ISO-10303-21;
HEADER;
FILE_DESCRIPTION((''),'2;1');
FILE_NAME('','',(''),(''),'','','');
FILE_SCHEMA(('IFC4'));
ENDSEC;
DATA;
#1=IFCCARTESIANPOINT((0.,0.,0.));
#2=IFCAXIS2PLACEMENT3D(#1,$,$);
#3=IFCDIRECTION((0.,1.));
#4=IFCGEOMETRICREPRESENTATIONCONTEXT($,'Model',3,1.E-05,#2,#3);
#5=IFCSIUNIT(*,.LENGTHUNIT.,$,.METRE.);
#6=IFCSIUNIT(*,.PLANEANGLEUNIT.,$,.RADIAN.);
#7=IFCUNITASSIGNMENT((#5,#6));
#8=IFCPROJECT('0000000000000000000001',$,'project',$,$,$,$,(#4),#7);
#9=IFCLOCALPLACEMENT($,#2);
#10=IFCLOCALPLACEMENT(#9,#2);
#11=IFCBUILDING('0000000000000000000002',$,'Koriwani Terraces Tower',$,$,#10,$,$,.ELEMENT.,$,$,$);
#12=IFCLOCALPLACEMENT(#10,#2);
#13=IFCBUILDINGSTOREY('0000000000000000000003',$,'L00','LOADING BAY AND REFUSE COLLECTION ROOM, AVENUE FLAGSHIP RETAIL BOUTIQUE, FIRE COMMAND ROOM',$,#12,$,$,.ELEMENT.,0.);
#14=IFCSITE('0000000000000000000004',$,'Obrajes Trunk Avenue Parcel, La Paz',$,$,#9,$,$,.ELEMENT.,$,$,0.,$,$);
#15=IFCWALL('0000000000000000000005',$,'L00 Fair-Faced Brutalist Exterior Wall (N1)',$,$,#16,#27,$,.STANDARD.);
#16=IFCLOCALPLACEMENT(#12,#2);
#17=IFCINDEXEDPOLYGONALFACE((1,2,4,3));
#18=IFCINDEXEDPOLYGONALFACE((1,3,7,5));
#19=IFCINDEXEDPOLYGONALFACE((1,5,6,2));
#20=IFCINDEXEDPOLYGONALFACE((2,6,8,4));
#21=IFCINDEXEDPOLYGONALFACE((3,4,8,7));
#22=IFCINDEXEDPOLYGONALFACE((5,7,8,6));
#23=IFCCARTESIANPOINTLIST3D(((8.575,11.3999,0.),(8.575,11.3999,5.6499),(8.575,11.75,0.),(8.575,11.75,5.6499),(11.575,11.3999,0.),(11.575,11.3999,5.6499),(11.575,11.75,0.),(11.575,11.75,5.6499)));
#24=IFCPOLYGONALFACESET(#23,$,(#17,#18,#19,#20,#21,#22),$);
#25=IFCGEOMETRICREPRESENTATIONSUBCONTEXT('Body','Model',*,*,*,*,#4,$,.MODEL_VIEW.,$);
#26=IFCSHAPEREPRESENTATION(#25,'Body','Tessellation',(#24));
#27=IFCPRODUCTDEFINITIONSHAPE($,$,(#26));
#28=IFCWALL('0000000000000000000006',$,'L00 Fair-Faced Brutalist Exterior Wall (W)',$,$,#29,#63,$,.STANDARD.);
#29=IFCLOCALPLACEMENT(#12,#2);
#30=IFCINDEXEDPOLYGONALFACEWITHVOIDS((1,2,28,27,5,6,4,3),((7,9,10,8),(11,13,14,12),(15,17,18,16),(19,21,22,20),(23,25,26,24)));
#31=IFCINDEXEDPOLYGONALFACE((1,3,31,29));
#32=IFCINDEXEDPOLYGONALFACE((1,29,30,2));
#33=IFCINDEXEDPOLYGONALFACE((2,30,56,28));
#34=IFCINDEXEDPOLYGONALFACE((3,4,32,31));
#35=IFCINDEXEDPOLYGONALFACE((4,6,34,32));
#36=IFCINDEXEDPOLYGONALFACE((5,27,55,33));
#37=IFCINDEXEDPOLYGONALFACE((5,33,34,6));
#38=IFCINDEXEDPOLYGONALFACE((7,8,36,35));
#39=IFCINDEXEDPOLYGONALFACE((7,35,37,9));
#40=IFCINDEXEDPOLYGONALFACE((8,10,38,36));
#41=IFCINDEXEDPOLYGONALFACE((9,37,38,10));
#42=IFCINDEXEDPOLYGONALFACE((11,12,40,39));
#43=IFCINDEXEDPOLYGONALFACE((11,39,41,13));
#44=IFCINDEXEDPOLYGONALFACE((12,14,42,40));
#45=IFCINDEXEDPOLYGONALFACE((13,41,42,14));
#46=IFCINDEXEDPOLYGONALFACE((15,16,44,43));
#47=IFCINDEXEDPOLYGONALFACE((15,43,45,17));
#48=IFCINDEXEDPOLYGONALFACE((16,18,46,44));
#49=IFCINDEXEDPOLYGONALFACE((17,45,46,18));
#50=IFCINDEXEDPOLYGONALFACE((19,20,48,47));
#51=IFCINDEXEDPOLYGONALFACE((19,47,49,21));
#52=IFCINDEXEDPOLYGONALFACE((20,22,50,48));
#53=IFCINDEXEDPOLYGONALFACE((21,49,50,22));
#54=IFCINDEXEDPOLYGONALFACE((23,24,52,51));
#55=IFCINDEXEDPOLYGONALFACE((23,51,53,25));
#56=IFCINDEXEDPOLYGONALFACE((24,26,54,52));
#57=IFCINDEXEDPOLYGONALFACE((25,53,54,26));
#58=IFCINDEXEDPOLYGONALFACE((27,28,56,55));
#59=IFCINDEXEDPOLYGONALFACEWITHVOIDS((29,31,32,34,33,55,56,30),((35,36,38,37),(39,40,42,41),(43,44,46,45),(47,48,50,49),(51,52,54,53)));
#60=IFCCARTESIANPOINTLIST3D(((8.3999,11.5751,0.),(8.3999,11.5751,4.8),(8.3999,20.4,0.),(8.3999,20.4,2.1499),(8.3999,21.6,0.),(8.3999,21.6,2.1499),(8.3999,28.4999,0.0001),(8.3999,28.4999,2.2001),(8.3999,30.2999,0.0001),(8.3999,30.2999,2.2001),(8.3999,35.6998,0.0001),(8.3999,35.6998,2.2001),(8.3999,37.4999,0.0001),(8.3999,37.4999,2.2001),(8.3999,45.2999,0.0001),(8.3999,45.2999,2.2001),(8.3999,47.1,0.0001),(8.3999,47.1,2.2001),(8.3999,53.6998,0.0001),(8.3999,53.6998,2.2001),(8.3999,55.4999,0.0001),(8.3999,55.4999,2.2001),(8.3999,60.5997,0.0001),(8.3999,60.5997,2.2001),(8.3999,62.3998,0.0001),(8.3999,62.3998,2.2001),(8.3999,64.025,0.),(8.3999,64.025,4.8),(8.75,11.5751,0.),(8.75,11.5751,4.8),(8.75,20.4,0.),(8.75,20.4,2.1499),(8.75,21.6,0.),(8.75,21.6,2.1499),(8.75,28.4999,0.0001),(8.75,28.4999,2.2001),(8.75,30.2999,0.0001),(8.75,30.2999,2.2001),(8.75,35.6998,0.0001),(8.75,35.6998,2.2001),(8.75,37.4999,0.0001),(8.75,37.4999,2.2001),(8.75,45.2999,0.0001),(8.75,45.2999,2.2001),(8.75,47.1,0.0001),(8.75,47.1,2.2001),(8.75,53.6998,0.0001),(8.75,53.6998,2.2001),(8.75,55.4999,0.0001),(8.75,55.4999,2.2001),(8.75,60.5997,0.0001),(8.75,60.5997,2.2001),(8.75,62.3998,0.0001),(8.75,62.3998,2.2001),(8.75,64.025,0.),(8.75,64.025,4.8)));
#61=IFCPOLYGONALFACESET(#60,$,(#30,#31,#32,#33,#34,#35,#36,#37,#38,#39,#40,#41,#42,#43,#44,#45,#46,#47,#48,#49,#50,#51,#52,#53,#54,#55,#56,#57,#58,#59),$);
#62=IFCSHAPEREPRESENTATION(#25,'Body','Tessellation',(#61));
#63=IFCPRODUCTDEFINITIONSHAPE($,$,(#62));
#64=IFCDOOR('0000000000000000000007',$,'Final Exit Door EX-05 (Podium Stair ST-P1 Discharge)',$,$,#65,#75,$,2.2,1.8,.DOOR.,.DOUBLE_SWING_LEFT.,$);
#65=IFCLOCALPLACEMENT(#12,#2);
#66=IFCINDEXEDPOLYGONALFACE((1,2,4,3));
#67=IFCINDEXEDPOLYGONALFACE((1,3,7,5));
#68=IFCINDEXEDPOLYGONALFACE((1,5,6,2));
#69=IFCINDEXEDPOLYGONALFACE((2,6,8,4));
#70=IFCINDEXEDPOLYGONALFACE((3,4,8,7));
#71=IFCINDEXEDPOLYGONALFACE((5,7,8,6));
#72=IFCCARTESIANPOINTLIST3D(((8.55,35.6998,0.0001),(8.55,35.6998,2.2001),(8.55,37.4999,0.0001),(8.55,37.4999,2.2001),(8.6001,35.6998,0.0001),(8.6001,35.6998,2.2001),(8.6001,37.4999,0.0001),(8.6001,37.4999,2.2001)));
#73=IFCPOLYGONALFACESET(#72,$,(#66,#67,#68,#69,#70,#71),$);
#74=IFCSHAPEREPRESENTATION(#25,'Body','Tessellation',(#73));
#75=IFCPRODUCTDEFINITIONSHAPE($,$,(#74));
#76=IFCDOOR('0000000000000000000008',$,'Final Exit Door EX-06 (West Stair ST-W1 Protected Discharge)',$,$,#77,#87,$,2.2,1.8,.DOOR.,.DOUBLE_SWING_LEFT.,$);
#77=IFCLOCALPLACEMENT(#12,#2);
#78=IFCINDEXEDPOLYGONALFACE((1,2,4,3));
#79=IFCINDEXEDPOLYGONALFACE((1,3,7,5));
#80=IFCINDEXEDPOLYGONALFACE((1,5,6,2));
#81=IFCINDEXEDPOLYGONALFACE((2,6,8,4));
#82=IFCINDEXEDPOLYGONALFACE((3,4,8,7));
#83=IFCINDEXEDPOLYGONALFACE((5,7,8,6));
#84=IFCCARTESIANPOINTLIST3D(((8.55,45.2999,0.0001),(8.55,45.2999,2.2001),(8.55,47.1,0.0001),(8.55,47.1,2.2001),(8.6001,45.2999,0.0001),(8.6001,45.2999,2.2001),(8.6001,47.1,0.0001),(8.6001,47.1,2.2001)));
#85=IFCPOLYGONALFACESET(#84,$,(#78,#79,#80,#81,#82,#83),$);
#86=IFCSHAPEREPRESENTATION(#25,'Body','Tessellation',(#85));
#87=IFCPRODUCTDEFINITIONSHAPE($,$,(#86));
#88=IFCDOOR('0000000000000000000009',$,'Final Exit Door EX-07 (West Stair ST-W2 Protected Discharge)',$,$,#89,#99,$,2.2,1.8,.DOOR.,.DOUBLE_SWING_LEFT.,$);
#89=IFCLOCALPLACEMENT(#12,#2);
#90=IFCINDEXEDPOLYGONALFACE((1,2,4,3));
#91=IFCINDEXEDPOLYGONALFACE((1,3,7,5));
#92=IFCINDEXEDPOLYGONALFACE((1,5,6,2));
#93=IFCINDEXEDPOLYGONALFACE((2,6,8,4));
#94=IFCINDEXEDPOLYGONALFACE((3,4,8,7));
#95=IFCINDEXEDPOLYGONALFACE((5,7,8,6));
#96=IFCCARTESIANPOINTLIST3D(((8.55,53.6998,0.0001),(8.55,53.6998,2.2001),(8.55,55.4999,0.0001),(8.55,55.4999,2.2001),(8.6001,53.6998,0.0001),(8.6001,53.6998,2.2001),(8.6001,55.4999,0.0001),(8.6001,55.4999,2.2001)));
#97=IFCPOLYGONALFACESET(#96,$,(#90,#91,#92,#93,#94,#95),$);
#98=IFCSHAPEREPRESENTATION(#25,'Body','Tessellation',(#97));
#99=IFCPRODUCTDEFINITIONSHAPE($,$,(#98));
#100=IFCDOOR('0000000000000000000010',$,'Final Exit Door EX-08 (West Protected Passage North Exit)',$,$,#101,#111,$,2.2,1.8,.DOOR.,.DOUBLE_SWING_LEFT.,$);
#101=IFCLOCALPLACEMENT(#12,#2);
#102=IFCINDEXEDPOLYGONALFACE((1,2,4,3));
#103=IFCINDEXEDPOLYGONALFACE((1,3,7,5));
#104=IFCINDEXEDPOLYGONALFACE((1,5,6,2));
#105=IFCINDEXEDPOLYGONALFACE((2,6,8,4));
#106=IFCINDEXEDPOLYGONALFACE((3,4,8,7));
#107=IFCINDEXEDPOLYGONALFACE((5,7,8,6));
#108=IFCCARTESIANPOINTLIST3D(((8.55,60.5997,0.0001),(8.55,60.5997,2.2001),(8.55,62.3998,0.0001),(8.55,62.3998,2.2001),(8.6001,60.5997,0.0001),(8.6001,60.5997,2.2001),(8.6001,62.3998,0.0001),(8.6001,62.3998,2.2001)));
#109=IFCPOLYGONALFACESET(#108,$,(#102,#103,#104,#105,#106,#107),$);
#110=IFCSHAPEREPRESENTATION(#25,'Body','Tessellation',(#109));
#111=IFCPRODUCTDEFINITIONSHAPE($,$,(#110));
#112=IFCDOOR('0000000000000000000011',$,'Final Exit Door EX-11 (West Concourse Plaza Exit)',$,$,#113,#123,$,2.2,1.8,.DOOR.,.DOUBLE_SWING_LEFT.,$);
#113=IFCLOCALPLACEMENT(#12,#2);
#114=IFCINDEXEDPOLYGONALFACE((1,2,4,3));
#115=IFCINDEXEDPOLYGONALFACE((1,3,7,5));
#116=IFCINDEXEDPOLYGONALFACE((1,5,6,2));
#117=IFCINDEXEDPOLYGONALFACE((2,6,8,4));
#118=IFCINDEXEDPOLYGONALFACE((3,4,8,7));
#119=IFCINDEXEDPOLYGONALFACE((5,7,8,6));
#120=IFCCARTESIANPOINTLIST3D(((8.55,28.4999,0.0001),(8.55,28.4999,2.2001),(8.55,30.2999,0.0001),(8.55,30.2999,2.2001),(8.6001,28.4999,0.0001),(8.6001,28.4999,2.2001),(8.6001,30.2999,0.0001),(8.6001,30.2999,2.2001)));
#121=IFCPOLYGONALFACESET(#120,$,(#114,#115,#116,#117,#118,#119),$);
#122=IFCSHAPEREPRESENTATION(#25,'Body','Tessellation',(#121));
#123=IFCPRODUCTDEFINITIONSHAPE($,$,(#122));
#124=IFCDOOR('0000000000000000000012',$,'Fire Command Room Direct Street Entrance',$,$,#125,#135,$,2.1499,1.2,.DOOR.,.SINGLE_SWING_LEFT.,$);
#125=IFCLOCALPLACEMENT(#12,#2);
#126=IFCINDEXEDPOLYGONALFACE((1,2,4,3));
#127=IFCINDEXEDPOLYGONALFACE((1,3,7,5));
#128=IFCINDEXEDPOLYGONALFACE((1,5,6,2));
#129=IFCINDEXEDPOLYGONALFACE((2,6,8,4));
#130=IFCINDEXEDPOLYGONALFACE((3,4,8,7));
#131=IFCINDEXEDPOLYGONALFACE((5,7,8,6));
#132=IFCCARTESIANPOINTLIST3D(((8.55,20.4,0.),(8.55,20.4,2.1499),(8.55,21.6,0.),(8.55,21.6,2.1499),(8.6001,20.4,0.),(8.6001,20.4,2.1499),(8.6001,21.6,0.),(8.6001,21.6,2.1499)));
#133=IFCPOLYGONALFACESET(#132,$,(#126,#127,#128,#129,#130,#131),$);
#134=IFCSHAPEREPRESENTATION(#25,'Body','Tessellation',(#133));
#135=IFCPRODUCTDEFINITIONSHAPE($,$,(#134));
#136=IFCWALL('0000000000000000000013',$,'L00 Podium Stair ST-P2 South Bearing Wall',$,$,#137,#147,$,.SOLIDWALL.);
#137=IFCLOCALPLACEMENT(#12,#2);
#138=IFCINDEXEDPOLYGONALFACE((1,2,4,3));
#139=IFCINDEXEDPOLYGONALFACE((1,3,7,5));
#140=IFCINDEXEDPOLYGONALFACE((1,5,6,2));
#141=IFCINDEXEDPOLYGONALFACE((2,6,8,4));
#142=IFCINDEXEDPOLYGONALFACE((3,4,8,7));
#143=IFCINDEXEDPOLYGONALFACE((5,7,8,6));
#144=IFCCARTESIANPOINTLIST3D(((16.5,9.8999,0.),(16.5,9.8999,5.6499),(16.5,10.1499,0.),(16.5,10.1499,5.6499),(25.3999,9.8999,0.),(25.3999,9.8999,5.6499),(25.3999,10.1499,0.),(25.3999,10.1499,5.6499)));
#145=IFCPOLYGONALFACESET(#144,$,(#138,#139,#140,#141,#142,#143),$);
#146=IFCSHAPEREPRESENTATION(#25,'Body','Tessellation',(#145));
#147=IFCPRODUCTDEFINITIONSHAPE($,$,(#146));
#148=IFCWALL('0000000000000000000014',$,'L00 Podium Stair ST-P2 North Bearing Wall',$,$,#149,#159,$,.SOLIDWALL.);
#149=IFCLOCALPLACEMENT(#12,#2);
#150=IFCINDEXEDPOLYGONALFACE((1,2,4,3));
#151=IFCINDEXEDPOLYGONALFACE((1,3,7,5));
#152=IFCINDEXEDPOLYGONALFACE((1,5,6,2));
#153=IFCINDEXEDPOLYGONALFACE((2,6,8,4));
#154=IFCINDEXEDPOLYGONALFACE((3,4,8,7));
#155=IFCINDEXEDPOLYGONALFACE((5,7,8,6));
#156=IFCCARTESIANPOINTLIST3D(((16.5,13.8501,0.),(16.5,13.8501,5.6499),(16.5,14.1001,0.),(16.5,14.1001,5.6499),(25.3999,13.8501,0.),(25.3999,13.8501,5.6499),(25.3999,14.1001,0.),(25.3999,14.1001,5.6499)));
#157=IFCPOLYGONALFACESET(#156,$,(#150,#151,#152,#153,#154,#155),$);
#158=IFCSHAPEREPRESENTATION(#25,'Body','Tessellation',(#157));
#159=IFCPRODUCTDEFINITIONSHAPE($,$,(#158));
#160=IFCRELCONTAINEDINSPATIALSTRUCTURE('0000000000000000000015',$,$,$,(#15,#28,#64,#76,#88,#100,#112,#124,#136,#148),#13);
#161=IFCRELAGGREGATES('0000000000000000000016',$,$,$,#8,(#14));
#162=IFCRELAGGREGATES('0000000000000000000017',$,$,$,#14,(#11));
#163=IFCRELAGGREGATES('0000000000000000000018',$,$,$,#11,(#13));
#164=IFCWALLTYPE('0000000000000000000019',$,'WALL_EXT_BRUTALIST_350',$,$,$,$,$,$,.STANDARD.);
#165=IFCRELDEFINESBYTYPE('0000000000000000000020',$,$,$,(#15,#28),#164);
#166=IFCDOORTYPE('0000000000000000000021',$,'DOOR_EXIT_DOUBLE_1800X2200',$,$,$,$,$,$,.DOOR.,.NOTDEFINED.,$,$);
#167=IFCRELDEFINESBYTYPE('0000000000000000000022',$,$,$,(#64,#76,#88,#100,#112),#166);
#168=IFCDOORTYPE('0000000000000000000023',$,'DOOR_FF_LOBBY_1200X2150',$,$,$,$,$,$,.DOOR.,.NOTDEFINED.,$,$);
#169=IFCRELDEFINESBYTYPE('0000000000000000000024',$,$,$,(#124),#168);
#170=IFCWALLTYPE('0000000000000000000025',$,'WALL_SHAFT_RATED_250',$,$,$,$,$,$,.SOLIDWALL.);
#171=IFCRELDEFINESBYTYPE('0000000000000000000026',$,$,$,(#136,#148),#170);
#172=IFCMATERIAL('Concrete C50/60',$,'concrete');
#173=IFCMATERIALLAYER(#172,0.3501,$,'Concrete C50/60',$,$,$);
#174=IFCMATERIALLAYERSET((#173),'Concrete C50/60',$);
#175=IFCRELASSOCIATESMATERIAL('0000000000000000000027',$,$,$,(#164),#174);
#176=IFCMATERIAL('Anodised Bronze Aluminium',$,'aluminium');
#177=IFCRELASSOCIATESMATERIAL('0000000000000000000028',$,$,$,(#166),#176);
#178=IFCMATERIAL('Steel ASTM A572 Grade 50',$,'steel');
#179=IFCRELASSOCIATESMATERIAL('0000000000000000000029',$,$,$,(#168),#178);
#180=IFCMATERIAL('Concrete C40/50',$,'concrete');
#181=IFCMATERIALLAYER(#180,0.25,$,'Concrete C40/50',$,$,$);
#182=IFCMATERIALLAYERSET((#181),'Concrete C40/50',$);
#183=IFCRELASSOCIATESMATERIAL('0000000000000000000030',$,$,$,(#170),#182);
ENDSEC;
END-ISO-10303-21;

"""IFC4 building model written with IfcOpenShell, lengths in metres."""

from ifc_helpers import new_model, si_unit, direction, frame, frame_2d, origin, place, context, subcontext, project, spatial, rectangle, extrude, material, layer, layer_set, type_object, element, fill, save


model = new_model("IFC4")

# Units and contexts
model_context = context("Model", 3, precision=1e-05, world=origin(), true_north=direction((0.0, 1.0)))
body_context = subcontext(model_context, "Body", "Model", "MODEL_VIEW")
ifc_project = project(units=[si_unit("LENGTHUNIT", "METRE"), si_unit("PLANEANGLEUNIT", "RADIAN")], contexts=[model_context])

# Site, building, storey
site_placement = place(None, origin())
site = spatial("IfcSite", under=ifc_project, at=site_placement, Name="Obrajes Trunk Avenue Parcel, La Paz", CompositionType="ELEMENT", RefElevation=0.0)
building_placement = place(site_placement, origin())
building = spatial("IfcBuilding", under=site, at=building_placement, Name="Koriwani Terraces Tower", CompositionType="ELEMENT")
storey_placement = place(building_placement, origin())
storey = spatial("IfcBuildingStorey", under=building, at=storey_placement, Name="L00", Description="LOADING BAY AND REFUSE COLLECTION ROOM, AVENUE FLAGSHIP RETAIL BOUTIQUE, FIRE COMMAND ROOM", CompositionType="ELEMENT", Elevation=0.0)

# Shared definitions
ifc_material_1 = material(Name="Steel ASTM A572 Grade 50", Category="steel")

# Wall
ifc_material_2 = material(Name="Concrete C50/60", Category="concrete")
ifc_layer_1 = layer(ifc_material_2, 0.3501, Name="Concrete C50/60")
ifc_layer_set_1 = layer_set([ifc_layer_1], Name="Concrete C50/60")
wall_type_1 = type_object("IfcWallType", Name="WALL_EXT_BRUTALIST_350", PredefinedType="STANDARD", material=ifc_layer_set_1)
for number, where, z_axis, x_axis, name in (
    (1, (11.575, 11.575, 0.0), (0.0, 0.0, 1.0), (-1.0, 0.0, 0.0), "L00 Fair-Faced Brutalist Exterior Wall (N1)"),
):
    element("IfcWall", number, at=place(storey_placement, frame(where, z_axis=z_axis, x_axis=x_axis)), inside=storey, type_object=wall_type_1, Name=name, PredefinedType="STANDARD", context=body_context, shape_type="SweptSolid", body=[
        extrude(rectangle(XDim=3.0, YDim=0.3501, at=frame_2d((1.5, 0.0))), origin(), (0.0, 0.0, 1.0), 5.6499),
    ])

# Wall, openings, doors
wall_1_placement = place(storey_placement, frame((8.575, 11.575, 0.0), z_axis=(0.0, 0.0, 1.0), x_axis=(0.0, 1.0, 0.0)))
wall_1 = element("IfcWall", 2, at=wall_1_placement, inside=storey, type_object=wall_type_1, Name="L00 Fair-Faced Brutalist Exterior Wall (W)", PredefinedType="STANDARD", context=body_context, shape_type="SweptSolid", body=[
    extrude(rectangle(XDim=52.45, YDim=0.3501, at=frame_2d((26.2251, 0.0))), origin(), (0.0, 0.0, 1.0), 4.8),
])
opening_1_placement = place(wall_1_placement, frame((24.125, 0.0, 0.0)))
opening_1 = element("IfcOpeningElement", 3, at=opening_1_placement, cuts=wall_1, PredefinedType="OPENING", context=body_context, shape_type="SweptSolid", body=[
    extrude(rectangle(XDim=1.8, YDim=2.2, at=frame_2d((0.8999, 1.1001))), frame((0.0, 0.1851, 0.0), z_axis=(0.0, -1.0, 0.0), x_axis=(1.0, 0.0, 0.0)), (0.0, 0.0, 1.0), 0.3701),
])
opening_2_placement = place(wall_1_placement, frame((33.7251, 0.0, 0.0)))
opening_2 = element("IfcOpeningElement", 4, at=opening_2_placement, cuts=wall_1, PredefinedType="OPENING", context=body_context, shape_type="SweptSolid", body=[
    extrude(rectangle(XDim=1.8, YDim=2.2, at=frame_2d((0.8999, 1.1001))), frame((0.0, 0.1851, 0.0), z_axis=(0.0, -1.0, 0.0), x_axis=(1.0, 0.0, 0.0)), (0.0, 0.0, 1.0), 0.3701),
])
opening_3_placement = place(wall_1_placement, frame((42.125, 0.0, 0.0)))
opening_3 = element("IfcOpeningElement", 5, at=opening_3_placement, cuts=wall_1, PredefinedType="OPENING", context=body_context, shape_type="SweptSolid", body=[
    extrude(rectangle(XDim=1.8, YDim=2.2, at=frame_2d((0.8999, 1.1001))), frame((0.0, 0.1851, 0.0), z_axis=(0.0, -1.0, 0.0), x_axis=(1.0, 0.0, 0.0)), (0.0, 0.0, 1.0), 0.3701),
])
opening_4_placement = place(wall_1_placement, frame((49.0249, 0.0, 0.0)))
opening_4 = element("IfcOpeningElement", 6, at=opening_4_placement, cuts=wall_1, PredefinedType="OPENING", context=body_context, shape_type="SweptSolid", body=[
    extrude(rectangle(XDim=1.8, YDim=2.2, at=frame_2d((0.8999, 1.1001))), frame((0.0, 0.1851, 0.0), z_axis=(0.0, -1.0, 0.0), x_axis=(1.0, 0.0, 0.0)), (0.0, 0.0, 1.0), 0.3701),
])
opening_5_placement = place(wall_1_placement, frame((16.925, 0.0, 0.0)))
opening_5 = element("IfcOpeningElement", 7, at=opening_5_placement, cuts=wall_1, PredefinedType="OPENING", context=body_context, shape_type="SweptSolid", body=[
    extrude(rectangle(XDim=1.8, YDim=2.2, at=frame_2d((0.8999, 1.1001))), frame((0.0, 0.1851, 0.0), z_axis=(0.0, -1.0, 0.0), x_axis=(1.0, 0.0, 0.0)), (0.0, 0.0, 1.0), 0.3701),
])
opening_6_placement = place(wall_1_placement, frame((8.825, 0.0, 0.0)))
opening_6 = element("IfcOpeningElement", 8, at=opening_6_placement, cuts=wall_1, PredefinedType="OPENING", context=body_context, shape_type="SweptSolid", body=[
    extrude(rectangle(XDim=1.2, YDim=2.1499, at=frame_2d((0.6001, 1.075))), frame((0.0, 0.1851, 0.0), z_axis=(0.0, -1.0, 0.0), x_axis=(1.0, 0.0, 0.0)), (0.0, 0.0, 1.0), 0.3701),
])
ifc_material_3 = material(Name="Anodised Bronze Aluminium", Category="aluminium")
door_type_1 = type_object("IfcDoorType", Name="DOOR_EXIT_DOUBLE_1800X2200", OperationType="NOTDEFINED", PredefinedType="DOOR", material=ifc_material_3)
door_1_placement = place(opening_1_placement, origin())
door_1 = element("IfcDoor", 9, at=door_1_placement, inside=storey, type_object=door_type_1, Name="Final Exit Door EX-05 (Podium Stair ST-P1 Discharge)", OperationType="DOUBLE_SWING_LEFT", OverallHeight=2.2, OverallWidth=1.8, PredefinedType="DOOR", context=body_context, shape_type="SweptSolid", body=[
    extrude(rectangle(XDim=1.8, YDim=2.2, at=frame_2d((0.8999, 1.1001))), frame((0.0, 0.0249, 0.0), z_axis=(0.0, -1.0, 0.0), x_axis=(1.0, 0.0, 0.0)), (0.0, 0.0, 1.0), 0.05),
])
fill(opening_1, door_1)
door_2_placement = place(opening_2_placement, origin())
door_2 = element("IfcDoor", 10, at=door_2_placement, inside=storey, type_object=door_type_1, Name="Final Exit Door EX-06 (West Stair ST-W1 Protected Discharge)", OperationType="DOUBLE_SWING_LEFT", OverallHeight=2.2, OverallWidth=1.8, PredefinedType="DOOR", context=body_context, shape_type="SweptSolid", body=[
    extrude(rectangle(XDim=1.8, YDim=2.2, at=frame_2d((0.8999, 1.1001))), frame((0.0, 0.0249, 0.0), z_axis=(0.0, -1.0, 0.0), x_axis=(1.0, 0.0, 0.0)), (0.0, 0.0, 1.0), 0.05),
])
fill(opening_2, door_2)
door_3_placement = place(opening_3_placement, origin())
door_3 = element("IfcDoor", 11, at=door_3_placement, inside=storey, type_object=door_type_1, Name="Final Exit Door EX-07 (West Stair ST-W2 Protected Discharge)", OperationType="DOUBLE_SWING_LEFT", OverallHeight=2.2, OverallWidth=1.8, PredefinedType="DOOR", context=body_context, shape_type="SweptSolid", body=[
    extrude(rectangle(XDim=1.8, YDim=2.2, at=frame_2d((0.8999, 1.1001))), frame((0.0, 0.0249, 0.0), z_axis=(0.0, -1.0, 0.0), x_axis=(1.0, 0.0, 0.0)), (0.0, 0.0, 1.0), 0.05),
])
fill(opening_3, door_3)
door_4_placement = place(opening_4_placement, origin())
door_4 = element("IfcDoor", 12, at=door_4_placement, inside=storey, type_object=door_type_1, Name="Final Exit Door EX-08 (West Protected Passage North Exit)", OperationType="DOUBLE_SWING_LEFT", OverallHeight=2.2, OverallWidth=1.8, PredefinedType="DOOR", context=body_context, shape_type="SweptSolid", body=[
    extrude(rectangle(XDim=1.8, YDim=2.2, at=frame_2d((0.8999, 1.1001))), frame((0.0, 0.0249, 0.0), z_axis=(0.0, -1.0, 0.0), x_axis=(1.0, 0.0, 0.0)), (0.0, 0.0, 1.0), 0.05),
])
fill(opening_4, door_4)
door_5_placement = place(opening_5_placement, origin())
door_5 = element("IfcDoor", 13, at=door_5_placement, inside=storey, type_object=door_type_1, Name="Final Exit Door EX-11 (West Concourse Plaza Exit)", OperationType="DOUBLE_SWING_LEFT", OverallHeight=2.2, OverallWidth=1.8, PredefinedType="DOOR", context=body_context, shape_type="SweptSolid", body=[
    extrude(rectangle(XDim=1.8, YDim=2.2, at=frame_2d((0.8999, 1.1001))), frame((0.0, 0.0249, 0.0), z_axis=(0.0, -1.0, 0.0), x_axis=(1.0, 0.0, 0.0)), (0.0, 0.0, 1.0), 0.05),
])
fill(opening_5, door_5)
door_type_2 = type_object("IfcDoorType", Name="DOOR_FF_LOBBY_1200X2150", OperationType="NOTDEFINED", PredefinedType="DOOR", material=ifc_material_1)
door_6_placement = place(opening_6_placement, origin())
door_6 = element("IfcDoor", 14, at=door_6_placement, inside=storey, type_object=door_type_2, Name="Fire Command Room Direct Street Entrance", OperationType="SINGLE_SWING_LEFT", OverallHeight=2.1499, OverallWidth=1.2, PredefinedType="DOOR", context=body_context, shape_type="SweptSolid", body=[
    extrude(rectangle(XDim=1.2, YDim=2.1499, at=frame_2d((0.6001, 1.075))), frame((0.0, 0.0249, 0.0), z_axis=(0.0, -1.0, 0.0), x_axis=(1.0, 0.0, 0.0)), (0.0, 0.0, 1.0), 0.05),
])
fill(opening_6, door_6)

# Walls
ifc_material_4 = material(Name="Concrete C40/50", Category="concrete")
ifc_layer_2 = layer(ifc_material_4, 0.25, Name="Concrete C40/50")
ifc_layer_set_2 = layer_set([ifc_layer_2], Name="Concrete C40/50")
wall_type_2 = type_object("IfcWallType", Name="WALL_SHAFT_RATED_250", PredefinedType="SOLIDWALL", material=ifc_layer_set_2)
for number, where, z_axis, x_axis, name in (
    (15, (16.5, 10.0249, 0.0), (0.0, 0.0, 1.0), (1.0, 0.0, 0.0), "L00 Podium Stair ST-P2 South Bearing Wall"),
    (16, (16.5, 13.9751, 0.0), (0.0, 0.0, 1.0), (1.0, 0.0, 0.0), "L00 Podium Stair ST-P2 North Bearing Wall"),
):
    element("IfcWall", number, at=place(storey_placement, frame(where, z_axis=z_axis, x_axis=x_axis)), inside=storey, type_object=wall_type_2, Name=name, PredefinedType="SOLIDWALL", context=body_context, shape_type="SweptSolid", body=[
        extrude(rectangle(XDim=8.8999, YDim=0.25, at=frame_2d((4.45, 0.0))), origin(), (0.0, 0.0, 1.0), 5.6499),
    ])

save(model, "model.ifc")
